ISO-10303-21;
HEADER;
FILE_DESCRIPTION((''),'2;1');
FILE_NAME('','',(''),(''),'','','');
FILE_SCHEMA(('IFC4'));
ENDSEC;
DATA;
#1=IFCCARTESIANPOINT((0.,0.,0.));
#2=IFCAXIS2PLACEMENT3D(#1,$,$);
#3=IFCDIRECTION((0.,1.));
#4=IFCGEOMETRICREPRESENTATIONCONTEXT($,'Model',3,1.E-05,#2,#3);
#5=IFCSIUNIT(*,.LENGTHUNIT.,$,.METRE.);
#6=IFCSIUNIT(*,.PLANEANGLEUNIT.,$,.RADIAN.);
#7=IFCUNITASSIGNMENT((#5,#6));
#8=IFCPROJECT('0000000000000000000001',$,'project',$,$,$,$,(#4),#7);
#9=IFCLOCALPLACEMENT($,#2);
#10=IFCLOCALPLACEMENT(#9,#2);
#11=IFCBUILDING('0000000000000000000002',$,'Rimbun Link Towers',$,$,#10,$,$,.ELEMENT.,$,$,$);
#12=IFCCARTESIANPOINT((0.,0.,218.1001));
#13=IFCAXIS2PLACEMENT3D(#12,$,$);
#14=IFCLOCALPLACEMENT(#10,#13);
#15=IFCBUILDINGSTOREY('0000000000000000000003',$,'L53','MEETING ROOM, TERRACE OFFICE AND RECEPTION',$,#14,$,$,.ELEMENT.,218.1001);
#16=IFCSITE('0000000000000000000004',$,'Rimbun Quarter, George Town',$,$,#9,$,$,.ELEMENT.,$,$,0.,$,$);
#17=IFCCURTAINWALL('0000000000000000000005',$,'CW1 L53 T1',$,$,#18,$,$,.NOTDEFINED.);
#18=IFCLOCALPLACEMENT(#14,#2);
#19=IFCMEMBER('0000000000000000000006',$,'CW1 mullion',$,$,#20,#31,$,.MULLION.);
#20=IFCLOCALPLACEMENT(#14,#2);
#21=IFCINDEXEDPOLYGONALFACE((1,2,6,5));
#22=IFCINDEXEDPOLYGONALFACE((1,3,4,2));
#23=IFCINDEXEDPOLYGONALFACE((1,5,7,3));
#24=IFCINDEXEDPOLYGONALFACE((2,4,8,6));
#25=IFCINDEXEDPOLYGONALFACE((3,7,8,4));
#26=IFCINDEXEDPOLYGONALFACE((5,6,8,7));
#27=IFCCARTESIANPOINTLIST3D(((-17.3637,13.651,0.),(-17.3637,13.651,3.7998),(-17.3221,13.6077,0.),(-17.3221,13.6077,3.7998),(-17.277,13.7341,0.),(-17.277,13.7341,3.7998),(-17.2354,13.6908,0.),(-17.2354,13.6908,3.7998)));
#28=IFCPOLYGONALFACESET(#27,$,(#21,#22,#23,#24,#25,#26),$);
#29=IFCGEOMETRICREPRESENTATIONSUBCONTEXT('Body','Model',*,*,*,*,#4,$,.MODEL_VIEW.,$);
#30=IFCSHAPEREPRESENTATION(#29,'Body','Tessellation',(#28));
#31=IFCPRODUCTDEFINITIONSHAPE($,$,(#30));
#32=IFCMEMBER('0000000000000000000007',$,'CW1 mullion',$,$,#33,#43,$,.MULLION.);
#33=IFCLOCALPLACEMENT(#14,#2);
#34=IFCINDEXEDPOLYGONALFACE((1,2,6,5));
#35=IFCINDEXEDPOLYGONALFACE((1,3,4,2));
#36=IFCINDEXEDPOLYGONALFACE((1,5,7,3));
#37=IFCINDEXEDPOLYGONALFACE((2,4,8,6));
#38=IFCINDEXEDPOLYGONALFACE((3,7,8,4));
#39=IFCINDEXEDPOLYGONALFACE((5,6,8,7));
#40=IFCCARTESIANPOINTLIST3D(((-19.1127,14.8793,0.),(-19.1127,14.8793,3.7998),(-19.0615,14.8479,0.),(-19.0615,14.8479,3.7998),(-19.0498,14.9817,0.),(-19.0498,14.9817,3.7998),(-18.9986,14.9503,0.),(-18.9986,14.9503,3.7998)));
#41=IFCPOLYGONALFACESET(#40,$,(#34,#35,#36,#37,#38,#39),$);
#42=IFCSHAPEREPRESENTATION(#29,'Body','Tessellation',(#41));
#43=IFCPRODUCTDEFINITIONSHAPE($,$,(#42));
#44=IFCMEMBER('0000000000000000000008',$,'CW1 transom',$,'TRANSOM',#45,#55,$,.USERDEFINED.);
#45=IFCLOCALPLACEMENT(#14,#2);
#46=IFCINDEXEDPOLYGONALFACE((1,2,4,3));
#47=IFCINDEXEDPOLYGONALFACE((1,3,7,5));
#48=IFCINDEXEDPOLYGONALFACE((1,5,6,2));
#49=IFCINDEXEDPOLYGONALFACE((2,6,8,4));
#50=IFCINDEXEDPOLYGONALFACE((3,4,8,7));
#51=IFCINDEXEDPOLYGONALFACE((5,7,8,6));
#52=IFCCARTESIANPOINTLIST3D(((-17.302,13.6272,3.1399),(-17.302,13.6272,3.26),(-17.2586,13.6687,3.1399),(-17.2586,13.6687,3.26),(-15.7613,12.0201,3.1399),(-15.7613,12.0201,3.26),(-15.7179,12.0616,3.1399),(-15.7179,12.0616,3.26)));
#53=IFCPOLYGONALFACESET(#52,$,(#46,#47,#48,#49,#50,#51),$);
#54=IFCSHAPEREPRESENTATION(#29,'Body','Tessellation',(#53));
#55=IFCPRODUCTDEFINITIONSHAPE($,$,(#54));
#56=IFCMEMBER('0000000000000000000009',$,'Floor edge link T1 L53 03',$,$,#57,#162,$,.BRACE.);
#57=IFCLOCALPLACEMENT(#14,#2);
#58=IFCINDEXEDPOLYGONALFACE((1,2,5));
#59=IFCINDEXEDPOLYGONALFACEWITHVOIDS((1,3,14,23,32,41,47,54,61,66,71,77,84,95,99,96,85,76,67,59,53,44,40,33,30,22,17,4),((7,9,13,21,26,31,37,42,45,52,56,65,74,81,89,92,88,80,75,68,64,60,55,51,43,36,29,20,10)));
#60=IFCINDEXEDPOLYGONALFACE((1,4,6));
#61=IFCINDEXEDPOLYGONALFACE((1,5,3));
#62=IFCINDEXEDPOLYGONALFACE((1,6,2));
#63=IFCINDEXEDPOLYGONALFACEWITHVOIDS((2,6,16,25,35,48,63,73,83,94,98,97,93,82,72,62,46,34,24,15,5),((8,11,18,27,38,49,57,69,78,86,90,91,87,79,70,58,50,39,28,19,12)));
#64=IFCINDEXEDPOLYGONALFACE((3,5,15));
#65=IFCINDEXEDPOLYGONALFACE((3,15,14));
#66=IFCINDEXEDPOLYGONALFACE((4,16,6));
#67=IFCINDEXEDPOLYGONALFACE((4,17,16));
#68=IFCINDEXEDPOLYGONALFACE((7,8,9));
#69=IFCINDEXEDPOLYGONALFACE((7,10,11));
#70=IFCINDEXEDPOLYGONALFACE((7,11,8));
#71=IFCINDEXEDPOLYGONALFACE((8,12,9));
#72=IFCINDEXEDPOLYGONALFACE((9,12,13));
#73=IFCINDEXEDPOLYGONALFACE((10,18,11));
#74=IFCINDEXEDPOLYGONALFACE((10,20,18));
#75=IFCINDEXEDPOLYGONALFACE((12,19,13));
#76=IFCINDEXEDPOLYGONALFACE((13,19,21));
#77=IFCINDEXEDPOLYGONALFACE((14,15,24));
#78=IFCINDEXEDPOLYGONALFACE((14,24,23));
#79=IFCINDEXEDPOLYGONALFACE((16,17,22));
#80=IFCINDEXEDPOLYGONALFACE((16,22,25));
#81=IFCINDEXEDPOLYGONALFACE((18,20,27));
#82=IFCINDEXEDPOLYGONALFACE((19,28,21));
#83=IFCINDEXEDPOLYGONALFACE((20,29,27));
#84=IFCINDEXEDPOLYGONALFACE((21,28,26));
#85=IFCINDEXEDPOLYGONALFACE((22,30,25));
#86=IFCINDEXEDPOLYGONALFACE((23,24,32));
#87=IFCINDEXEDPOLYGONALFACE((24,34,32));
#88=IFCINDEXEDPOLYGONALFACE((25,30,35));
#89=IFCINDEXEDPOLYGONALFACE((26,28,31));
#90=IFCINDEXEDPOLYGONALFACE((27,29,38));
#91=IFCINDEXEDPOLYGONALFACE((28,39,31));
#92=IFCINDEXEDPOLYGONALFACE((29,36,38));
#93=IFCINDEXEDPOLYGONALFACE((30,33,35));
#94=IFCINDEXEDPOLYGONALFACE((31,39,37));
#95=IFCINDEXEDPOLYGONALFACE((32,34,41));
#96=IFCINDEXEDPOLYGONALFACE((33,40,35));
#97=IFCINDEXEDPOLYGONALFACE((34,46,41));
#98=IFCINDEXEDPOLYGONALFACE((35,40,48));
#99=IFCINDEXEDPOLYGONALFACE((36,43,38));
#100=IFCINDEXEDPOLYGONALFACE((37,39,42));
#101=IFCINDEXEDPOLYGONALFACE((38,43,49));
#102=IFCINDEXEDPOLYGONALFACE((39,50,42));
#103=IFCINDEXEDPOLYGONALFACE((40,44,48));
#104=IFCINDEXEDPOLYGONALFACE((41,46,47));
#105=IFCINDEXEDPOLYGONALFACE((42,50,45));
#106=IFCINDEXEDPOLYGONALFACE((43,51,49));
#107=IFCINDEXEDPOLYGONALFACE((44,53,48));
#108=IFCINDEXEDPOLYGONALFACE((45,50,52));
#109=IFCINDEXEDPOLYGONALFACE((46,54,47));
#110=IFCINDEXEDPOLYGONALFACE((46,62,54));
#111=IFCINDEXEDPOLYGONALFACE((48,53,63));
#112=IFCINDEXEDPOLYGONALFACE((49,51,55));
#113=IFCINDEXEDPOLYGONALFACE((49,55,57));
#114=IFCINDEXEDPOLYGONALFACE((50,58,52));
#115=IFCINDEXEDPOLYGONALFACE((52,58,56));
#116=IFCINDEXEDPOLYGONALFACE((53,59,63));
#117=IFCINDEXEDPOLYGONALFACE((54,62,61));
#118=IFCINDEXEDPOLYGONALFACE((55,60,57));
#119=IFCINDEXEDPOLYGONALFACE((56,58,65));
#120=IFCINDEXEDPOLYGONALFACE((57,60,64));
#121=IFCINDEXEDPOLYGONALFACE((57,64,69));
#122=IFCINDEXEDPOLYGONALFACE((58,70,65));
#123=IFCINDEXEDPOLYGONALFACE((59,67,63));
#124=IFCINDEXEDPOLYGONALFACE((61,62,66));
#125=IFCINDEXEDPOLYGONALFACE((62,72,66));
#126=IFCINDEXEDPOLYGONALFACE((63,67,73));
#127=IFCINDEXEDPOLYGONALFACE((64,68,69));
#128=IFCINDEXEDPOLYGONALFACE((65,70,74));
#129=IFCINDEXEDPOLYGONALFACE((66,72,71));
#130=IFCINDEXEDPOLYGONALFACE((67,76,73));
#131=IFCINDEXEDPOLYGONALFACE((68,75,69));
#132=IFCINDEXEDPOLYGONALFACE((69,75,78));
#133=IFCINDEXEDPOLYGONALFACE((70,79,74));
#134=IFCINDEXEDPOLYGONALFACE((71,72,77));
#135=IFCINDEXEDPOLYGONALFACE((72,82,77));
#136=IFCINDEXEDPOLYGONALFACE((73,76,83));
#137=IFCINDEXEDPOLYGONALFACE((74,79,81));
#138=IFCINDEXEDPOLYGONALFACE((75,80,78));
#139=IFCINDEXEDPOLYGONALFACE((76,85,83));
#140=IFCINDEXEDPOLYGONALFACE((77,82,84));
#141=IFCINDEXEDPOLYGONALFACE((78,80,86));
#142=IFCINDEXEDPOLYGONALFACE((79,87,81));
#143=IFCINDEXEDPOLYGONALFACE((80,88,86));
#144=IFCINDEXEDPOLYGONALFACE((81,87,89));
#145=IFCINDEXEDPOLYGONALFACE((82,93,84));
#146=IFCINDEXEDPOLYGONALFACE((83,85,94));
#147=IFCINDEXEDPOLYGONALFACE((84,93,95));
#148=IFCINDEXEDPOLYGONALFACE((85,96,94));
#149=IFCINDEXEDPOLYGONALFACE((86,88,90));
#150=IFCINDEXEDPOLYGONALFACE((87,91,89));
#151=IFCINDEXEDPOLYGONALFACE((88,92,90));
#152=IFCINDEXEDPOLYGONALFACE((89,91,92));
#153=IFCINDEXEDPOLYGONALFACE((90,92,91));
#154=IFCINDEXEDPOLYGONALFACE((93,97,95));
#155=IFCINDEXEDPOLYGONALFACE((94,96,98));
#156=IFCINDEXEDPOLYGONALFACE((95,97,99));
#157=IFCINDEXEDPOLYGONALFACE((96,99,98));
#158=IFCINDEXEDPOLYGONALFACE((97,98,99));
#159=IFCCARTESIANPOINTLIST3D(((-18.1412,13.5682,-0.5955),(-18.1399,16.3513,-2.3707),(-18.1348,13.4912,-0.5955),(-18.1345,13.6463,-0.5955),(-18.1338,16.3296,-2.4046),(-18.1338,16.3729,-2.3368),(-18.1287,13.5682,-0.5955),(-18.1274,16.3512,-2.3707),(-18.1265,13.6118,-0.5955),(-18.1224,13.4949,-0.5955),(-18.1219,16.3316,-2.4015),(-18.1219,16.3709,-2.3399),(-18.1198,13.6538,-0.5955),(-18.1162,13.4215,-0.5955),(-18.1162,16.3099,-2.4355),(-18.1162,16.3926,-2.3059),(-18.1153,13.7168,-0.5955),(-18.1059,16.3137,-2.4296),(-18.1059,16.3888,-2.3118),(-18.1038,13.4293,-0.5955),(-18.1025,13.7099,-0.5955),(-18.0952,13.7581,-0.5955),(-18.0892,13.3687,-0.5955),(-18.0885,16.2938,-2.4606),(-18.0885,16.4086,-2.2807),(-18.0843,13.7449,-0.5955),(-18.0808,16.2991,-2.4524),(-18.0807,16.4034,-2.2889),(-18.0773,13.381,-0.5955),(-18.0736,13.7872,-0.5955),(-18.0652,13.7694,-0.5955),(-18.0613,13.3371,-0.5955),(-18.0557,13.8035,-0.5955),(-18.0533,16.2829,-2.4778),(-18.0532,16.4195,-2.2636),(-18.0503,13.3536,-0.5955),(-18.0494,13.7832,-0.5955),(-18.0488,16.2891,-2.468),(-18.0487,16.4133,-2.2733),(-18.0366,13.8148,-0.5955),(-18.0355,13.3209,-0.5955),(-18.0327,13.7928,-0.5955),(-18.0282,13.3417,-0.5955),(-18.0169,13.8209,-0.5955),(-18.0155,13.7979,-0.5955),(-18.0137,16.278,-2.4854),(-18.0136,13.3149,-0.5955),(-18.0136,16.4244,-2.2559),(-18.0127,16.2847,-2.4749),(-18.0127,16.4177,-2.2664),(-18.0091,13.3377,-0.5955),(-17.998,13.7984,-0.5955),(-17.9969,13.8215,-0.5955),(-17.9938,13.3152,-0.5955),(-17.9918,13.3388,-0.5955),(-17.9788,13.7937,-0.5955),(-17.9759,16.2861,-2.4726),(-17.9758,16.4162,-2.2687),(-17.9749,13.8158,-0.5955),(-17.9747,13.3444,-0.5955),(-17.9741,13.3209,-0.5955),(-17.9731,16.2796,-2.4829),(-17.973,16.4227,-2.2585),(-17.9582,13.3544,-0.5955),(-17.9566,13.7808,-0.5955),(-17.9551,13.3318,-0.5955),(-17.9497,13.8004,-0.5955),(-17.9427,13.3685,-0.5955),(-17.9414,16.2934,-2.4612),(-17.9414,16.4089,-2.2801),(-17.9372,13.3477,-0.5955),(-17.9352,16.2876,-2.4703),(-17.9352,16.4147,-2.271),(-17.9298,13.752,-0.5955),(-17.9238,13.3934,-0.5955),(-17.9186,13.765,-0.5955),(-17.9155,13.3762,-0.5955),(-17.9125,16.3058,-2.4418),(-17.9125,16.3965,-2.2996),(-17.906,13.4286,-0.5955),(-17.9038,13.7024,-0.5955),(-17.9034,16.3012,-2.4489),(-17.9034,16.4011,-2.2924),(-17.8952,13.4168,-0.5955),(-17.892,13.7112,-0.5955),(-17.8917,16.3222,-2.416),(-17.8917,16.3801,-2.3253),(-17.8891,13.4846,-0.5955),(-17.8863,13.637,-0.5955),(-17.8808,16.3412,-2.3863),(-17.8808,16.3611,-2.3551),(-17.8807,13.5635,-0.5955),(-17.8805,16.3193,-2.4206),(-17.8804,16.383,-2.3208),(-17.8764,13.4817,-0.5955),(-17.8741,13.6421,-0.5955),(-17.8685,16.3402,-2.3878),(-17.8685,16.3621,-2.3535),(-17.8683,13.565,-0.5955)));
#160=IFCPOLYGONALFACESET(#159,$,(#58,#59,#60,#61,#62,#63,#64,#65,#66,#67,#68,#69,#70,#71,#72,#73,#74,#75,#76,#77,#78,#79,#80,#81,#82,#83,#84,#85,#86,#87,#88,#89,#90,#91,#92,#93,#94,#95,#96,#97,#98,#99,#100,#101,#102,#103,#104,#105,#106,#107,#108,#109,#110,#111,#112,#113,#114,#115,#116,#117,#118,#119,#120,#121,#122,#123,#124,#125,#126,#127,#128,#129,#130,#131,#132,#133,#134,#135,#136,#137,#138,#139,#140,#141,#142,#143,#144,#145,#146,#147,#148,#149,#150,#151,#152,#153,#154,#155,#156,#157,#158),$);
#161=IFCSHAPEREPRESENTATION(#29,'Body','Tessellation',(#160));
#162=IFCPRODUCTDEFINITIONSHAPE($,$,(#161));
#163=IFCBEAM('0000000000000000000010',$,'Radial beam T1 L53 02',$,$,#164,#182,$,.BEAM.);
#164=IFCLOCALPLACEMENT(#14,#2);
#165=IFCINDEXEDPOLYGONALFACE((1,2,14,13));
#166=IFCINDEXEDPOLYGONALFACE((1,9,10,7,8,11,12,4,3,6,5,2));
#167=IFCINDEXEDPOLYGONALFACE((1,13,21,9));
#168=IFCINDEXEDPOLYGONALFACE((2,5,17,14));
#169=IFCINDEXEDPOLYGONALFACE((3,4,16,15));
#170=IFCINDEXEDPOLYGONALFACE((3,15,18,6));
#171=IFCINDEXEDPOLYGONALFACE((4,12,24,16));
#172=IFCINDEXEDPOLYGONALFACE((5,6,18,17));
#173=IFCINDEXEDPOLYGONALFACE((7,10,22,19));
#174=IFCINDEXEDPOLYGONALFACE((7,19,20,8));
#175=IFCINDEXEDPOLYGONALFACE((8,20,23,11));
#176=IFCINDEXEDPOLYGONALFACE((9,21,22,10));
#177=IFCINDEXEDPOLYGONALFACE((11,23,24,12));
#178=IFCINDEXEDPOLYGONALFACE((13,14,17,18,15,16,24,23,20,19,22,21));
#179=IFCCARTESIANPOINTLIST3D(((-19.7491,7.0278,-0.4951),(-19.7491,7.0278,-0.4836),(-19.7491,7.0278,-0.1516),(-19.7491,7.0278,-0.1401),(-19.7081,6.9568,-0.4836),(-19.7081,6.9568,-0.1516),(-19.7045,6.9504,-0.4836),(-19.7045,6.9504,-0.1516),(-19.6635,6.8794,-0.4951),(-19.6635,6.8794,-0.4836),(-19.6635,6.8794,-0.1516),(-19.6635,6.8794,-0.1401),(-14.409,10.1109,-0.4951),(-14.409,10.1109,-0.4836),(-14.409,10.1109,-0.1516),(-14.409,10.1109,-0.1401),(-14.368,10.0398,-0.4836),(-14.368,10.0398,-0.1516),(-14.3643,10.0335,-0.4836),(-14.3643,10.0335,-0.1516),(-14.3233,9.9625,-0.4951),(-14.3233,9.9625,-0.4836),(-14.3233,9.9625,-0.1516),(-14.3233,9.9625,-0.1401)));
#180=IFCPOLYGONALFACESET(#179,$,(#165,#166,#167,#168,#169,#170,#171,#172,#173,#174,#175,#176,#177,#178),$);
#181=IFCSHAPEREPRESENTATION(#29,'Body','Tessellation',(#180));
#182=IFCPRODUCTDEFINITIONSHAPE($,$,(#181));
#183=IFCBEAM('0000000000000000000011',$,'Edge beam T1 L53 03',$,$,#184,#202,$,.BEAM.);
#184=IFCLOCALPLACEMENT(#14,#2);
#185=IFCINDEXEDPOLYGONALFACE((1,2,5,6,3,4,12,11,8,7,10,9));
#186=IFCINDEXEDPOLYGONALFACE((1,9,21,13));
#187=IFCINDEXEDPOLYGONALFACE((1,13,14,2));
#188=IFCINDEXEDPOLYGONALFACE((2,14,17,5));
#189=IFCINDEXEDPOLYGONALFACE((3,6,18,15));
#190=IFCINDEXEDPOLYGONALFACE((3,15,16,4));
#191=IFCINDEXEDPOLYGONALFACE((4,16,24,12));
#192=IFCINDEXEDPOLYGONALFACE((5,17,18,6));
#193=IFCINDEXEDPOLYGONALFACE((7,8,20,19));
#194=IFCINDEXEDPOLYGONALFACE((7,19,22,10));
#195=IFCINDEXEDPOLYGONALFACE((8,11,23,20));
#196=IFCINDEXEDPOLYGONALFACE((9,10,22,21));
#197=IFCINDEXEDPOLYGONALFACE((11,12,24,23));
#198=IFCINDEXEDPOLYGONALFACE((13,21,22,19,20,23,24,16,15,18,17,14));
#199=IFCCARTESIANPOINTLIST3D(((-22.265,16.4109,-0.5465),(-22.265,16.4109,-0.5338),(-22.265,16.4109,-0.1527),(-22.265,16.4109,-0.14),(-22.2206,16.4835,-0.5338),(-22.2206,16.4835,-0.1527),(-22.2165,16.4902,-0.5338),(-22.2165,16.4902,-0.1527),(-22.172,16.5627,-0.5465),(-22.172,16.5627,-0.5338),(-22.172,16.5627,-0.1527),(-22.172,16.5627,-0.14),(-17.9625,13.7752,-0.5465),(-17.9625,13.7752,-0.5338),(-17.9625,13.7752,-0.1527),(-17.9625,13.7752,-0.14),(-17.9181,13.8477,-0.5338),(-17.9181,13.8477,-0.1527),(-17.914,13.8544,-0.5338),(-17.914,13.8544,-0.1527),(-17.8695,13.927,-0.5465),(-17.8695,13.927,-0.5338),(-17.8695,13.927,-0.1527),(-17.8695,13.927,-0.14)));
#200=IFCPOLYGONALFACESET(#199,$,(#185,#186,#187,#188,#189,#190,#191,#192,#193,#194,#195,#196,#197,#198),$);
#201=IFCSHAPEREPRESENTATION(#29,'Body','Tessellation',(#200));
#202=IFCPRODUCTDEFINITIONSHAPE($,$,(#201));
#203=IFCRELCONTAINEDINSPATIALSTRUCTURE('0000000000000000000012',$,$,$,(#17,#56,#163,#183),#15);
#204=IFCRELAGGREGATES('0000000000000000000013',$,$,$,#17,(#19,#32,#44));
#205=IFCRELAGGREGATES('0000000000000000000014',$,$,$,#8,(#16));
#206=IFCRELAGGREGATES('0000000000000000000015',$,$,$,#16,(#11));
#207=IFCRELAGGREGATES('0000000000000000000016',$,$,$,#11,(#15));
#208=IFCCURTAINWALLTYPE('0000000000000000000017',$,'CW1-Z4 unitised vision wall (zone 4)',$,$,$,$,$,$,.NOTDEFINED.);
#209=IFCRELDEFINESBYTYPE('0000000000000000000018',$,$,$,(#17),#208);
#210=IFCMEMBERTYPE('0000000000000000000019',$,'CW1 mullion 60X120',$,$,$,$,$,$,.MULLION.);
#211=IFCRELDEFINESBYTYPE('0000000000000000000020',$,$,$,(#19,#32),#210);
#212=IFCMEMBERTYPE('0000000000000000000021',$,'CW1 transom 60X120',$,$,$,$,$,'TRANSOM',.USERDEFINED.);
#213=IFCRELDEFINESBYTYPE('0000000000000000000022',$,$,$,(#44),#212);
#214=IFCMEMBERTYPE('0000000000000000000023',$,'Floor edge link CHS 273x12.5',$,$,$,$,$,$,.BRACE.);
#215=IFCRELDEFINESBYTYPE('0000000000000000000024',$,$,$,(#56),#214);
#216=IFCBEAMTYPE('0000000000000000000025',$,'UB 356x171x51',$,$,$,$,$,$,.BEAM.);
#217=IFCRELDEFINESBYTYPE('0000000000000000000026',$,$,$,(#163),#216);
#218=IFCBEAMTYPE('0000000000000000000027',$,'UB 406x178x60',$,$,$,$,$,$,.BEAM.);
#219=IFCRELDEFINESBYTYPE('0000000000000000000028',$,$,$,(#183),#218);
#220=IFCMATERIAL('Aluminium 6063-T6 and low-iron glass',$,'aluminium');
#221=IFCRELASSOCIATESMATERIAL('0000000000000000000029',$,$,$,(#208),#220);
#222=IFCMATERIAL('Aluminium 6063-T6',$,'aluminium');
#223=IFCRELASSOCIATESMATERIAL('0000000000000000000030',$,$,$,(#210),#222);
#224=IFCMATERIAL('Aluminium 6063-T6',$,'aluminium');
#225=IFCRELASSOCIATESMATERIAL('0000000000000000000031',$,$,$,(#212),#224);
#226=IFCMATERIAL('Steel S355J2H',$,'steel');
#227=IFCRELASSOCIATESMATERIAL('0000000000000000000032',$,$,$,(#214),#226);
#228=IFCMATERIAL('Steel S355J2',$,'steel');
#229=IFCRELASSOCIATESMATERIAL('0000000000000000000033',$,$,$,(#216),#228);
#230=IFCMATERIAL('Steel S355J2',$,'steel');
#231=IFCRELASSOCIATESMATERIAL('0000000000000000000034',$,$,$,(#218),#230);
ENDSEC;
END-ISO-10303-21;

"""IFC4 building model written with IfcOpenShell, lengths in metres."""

from ifc_helpers import new_model, si_unit, direction, frame, origin, origin_2d, place, context, subcontext, project, spatial, rectangle, hollow_circle, i_section, extrude, clip, halfspace, material, material_profile, profile_set, type_object, element, aggregate, save


model = new_model("IFC4")

# Units and contexts
model_context = context("Model", 3, precision=1e-05, world=origin(), true_north=direction((0.0, 1.0)))
body_context = subcontext(model_context, "Body", "Model", "MODEL_VIEW")
ifc_project = project(units=[si_unit("LENGTHUNIT", "METRE"), si_unit("PLANEANGLEUNIT", "RADIAN")], contexts=[model_context])

# Site, building, storey
site_placement = place(None, origin())
site = spatial("IfcSite", under=ifc_project, at=site_placement, Name="Rimbun Quarter, George Town", CompositionType="ELEMENT", RefElevation=0.0)
building_placement = place(site_placement, origin())
building = spatial("IfcBuilding", under=site, at=building_placement, Name="Rimbun Link Towers", CompositionType="ELEMENT")
storey_placement = place(building_placement, frame((0.0, 0.0, 218.1001)))
storey = spatial("IfcBuildingStorey", under=building, at=storey_placement, Name="L53", Description="MEETING ROOM, TERRACE OFFICE AND RECEPTION", CompositionType="ELEMENT", Elevation=218.1001)

# Curtain wall, members
ifc_material_1 = material(Name="Aluminium 6063-T6 and low-iron glass", Category="aluminium")
curtain_wall_type = type_object("IfcCurtainWallType", Name="CW1-Z4 unitised vision wall (zone 4)", PredefinedType="NOTDEFINED", material=ifc_material_1)
curtain_wall_placement = place(storey_placement, origin())
curtain_wall = element("IfcCurtainWall", 1, at=curtain_wall_placement, inside=storey, type_object=curtain_wall_type, Name="CW1 L53 T1", PredefinedType="NOTDEFINED")
ifc_material_2 = material(Name="Aluminium 6063-T6", Category="aluminium")
ifc_material_profile_1 = material_profile(ifc_material_2, rectangle(XDim=0.1201, YDim=0.0601, at=origin_2d()), Name="MULLION 60X120")
ifc_profile_set_1 = profile_set([ifc_material_profile_1], Name="Aluminium 6063-T6")
member_type_1 = type_object("IfcMemberType", Name="CW1 mullion 60X120", PredefinedType="MULLION", material=ifc_profile_set_1)
member_1_placement = place(storey_placement, frame((-17.2996, 13.6709, 0.0), z_axis=(0.0, 0.0, 1.0), x_axis=(0.721846, 0.692053, 0.0)))
member_1 = element("IfcMember", 2, at=member_1_placement, type_object=member_type_1, Name="CW1 mullion", PredefinedType="MULLION", context=body_context, shape_type="SweptSolid", body=[
    extrude(rectangle(XDim=0.1201, YDim=0.0601, at=origin_2d()), origin(), (0.0, 0.0, 1.0), 3.7998),
])
member_2_placement = place(storey_placement, frame((-19.0557, 14.9148, 0.0), z_axis=(0.0, 0.0, 1.0), x_axis=(0.523242, 0.852184, 0.0)))
member_2 = element("IfcMember", 3, at=member_2_placement, type_object=member_type_1, Name="CW1 mullion", PredefinedType="MULLION", context=body_context, shape_type="SweptSolid", body=[
    extrude(rectangle(XDim=0.1201, YDim=0.0601, at=origin_2d()), origin(), (0.0, 0.0, 1.0), 3.7998),
])
ifc_material_3 = material(Name="Aluminium 6063-T6", Category="aluminium")
ifc_material_profile_2 = material_profile(ifc_material_3, rectangle(XDim=0.0601, YDim=0.1201, at=origin_2d()), Name="TRANSOM 60X120")
ifc_profile_set_2 = profile_set([ifc_material_profile_2], Name="Aluminium 6063-T6")
member_type_2 = type_object("IfcMemberType", Name="CW1 transom 60X120", ElementType="TRANSOM", PredefinedType="USERDEFINED", material=ifc_profile_set_2)
member_3_placement = place(storey_placement, frame((-17.2803, 13.6479, 3.2), z_axis=(0.692036, -0.721863, 0.0), x_axis=(0.721863, 0.692036, 0.0)))
member_3 = element("IfcMember", 4, at=member_3_placement, type_object=member_type_2, Name="CW1 transom", ObjectType="TRANSOM", PredefinedType="USERDEFINED", context=body_context, shape_type="SweptSolid", body=[
    extrude(rectangle(XDim=0.0601, YDim=0.1201, at=origin_2d()), origin(), (0.0, 0.0, 1.0), 2.2263),
])

# Member
ifc_material_4 = material(Name="Steel S355J2H", Category="steel")
ifc_material_profile_3 = material_profile(ifc_material_4, hollow_circle(Radius=0.1365, WallThickness=0.0125, at=origin_2d()), Name="CHS 273x12.5")
ifc_profile_set_3 = profile_set([ifc_material_profile_3], Name="Steel S355J2H")
member_type_3 = type_object("IfcMemberType", Name="Floor edge link CHS 273x12.5", PredefinedType="BRACE", material=ifc_profile_set_3)
member_4_placement = place(storey_placement, frame((-18.0046, 13.7454, -0.7085), z_axis=(0.000395, 0.843085, -0.53778), x_axis=(-1.0, 0.000468, 0.0)))
element("IfcMember", 5, at=member_4_placement, inside=storey, type_object=member_type_3, Name="Floor edge link T1 L53 03", PredefinedType="BRACE", context=body_context, shape_type="Clipping", body=[
    clip(extrude(hollow_circle(Radius=0.1365, WallThickness=0.0125, at=origin_2d()), frame((0.0, 0.0, -0.4465)), (0.0, 0.0, 1.0), 3.5374), halfspace(frame((0.0, 0.0, -0.2102), z_axis=(0.0, 0.843085, -0.53778)), False)),
])

# Beams
ifc_material_5 = material(Name="Steel S355J2", Category="steel")
ifc_material_profile_4 = material_profile(ifc_material_5, i_section(OverallWidth=0.1714, OverallDepth=0.355, WebThickness=0.0073, FlangeThickness=0.0115, at=origin_2d()), Name="UB 356x171x51")
ifc_profile_set_4 = profile_set([ifc_material_profile_4], Name="Steel S355J2")
beam_type_1 = type_object("IfcBeamType", Name="UB 356x171x51", PredefinedType="BEAM", material=ifc_profile_set_4)
beam_1_placement = place(storey_placement, frame((-19.7063, 6.9536, -0.3176), z_axis=(0.866032, 0.499989, 0.0), x_axis=(-0.499989, 0.866032, 0.0)))
element("IfcBeam", 6, at=beam_1_placement, inside=storey, type_object=beam_type_1, Name="Radial beam T1 L53 02", PredefinedType="BEAM", context=body_context, shape_type="SweptSolid", body=[
    extrude(i_section(OverallWidth=0.1714, OverallDepth=0.355, WebThickness=0.0073, FlangeThickness=0.0115, at=origin_2d()), origin(), (0.0, 0.0, 1.0), 6.1663),
])
ifc_material_6 = material(Name="Steel S355J2", Category="steel")
ifc_material_profile_5 = material_profile(ifc_material_6, i_section(OverallWidth=0.178, OverallDepth=0.4065, WebThickness=0.0078, FlangeThickness=0.0127, at=origin_2d()), Name="UB 406x178x60")
ifc_profile_set_5 = profile_set([ifc_material_profile_5], Name="Steel S355J2")
beam_type_2 = type_object("IfcBeamType", Name="UB 406x178x60", PredefinedType="BEAM", material=ifc_profile_set_5)
beam_2_placement = place(storey_placement, frame((-17.916, 13.8511, -0.3433), z_axis=(-0.852713, 0.522379, 0.0), x_axis=(-0.522379, -0.852713, 0.0)))
element("IfcBeam", 7, at=beam_2_placement, inside=storey, type_object=beam_type_2, Name="Edge beam T1 L53 03", PredefinedType="BEAM", context=body_context, shape_type="SweptSolid", body=[
    extrude(i_section(OverallWidth=0.178, OverallDepth=0.4065, WebThickness=0.0078, FlangeThickness=0.0127, at=origin_2d()), origin(), (0.0, 0.0, 1.0), 5.0457),
])

aggregate(curtain_wall, [member_1, member_2, member_3])

save(model, "model.ifc")
